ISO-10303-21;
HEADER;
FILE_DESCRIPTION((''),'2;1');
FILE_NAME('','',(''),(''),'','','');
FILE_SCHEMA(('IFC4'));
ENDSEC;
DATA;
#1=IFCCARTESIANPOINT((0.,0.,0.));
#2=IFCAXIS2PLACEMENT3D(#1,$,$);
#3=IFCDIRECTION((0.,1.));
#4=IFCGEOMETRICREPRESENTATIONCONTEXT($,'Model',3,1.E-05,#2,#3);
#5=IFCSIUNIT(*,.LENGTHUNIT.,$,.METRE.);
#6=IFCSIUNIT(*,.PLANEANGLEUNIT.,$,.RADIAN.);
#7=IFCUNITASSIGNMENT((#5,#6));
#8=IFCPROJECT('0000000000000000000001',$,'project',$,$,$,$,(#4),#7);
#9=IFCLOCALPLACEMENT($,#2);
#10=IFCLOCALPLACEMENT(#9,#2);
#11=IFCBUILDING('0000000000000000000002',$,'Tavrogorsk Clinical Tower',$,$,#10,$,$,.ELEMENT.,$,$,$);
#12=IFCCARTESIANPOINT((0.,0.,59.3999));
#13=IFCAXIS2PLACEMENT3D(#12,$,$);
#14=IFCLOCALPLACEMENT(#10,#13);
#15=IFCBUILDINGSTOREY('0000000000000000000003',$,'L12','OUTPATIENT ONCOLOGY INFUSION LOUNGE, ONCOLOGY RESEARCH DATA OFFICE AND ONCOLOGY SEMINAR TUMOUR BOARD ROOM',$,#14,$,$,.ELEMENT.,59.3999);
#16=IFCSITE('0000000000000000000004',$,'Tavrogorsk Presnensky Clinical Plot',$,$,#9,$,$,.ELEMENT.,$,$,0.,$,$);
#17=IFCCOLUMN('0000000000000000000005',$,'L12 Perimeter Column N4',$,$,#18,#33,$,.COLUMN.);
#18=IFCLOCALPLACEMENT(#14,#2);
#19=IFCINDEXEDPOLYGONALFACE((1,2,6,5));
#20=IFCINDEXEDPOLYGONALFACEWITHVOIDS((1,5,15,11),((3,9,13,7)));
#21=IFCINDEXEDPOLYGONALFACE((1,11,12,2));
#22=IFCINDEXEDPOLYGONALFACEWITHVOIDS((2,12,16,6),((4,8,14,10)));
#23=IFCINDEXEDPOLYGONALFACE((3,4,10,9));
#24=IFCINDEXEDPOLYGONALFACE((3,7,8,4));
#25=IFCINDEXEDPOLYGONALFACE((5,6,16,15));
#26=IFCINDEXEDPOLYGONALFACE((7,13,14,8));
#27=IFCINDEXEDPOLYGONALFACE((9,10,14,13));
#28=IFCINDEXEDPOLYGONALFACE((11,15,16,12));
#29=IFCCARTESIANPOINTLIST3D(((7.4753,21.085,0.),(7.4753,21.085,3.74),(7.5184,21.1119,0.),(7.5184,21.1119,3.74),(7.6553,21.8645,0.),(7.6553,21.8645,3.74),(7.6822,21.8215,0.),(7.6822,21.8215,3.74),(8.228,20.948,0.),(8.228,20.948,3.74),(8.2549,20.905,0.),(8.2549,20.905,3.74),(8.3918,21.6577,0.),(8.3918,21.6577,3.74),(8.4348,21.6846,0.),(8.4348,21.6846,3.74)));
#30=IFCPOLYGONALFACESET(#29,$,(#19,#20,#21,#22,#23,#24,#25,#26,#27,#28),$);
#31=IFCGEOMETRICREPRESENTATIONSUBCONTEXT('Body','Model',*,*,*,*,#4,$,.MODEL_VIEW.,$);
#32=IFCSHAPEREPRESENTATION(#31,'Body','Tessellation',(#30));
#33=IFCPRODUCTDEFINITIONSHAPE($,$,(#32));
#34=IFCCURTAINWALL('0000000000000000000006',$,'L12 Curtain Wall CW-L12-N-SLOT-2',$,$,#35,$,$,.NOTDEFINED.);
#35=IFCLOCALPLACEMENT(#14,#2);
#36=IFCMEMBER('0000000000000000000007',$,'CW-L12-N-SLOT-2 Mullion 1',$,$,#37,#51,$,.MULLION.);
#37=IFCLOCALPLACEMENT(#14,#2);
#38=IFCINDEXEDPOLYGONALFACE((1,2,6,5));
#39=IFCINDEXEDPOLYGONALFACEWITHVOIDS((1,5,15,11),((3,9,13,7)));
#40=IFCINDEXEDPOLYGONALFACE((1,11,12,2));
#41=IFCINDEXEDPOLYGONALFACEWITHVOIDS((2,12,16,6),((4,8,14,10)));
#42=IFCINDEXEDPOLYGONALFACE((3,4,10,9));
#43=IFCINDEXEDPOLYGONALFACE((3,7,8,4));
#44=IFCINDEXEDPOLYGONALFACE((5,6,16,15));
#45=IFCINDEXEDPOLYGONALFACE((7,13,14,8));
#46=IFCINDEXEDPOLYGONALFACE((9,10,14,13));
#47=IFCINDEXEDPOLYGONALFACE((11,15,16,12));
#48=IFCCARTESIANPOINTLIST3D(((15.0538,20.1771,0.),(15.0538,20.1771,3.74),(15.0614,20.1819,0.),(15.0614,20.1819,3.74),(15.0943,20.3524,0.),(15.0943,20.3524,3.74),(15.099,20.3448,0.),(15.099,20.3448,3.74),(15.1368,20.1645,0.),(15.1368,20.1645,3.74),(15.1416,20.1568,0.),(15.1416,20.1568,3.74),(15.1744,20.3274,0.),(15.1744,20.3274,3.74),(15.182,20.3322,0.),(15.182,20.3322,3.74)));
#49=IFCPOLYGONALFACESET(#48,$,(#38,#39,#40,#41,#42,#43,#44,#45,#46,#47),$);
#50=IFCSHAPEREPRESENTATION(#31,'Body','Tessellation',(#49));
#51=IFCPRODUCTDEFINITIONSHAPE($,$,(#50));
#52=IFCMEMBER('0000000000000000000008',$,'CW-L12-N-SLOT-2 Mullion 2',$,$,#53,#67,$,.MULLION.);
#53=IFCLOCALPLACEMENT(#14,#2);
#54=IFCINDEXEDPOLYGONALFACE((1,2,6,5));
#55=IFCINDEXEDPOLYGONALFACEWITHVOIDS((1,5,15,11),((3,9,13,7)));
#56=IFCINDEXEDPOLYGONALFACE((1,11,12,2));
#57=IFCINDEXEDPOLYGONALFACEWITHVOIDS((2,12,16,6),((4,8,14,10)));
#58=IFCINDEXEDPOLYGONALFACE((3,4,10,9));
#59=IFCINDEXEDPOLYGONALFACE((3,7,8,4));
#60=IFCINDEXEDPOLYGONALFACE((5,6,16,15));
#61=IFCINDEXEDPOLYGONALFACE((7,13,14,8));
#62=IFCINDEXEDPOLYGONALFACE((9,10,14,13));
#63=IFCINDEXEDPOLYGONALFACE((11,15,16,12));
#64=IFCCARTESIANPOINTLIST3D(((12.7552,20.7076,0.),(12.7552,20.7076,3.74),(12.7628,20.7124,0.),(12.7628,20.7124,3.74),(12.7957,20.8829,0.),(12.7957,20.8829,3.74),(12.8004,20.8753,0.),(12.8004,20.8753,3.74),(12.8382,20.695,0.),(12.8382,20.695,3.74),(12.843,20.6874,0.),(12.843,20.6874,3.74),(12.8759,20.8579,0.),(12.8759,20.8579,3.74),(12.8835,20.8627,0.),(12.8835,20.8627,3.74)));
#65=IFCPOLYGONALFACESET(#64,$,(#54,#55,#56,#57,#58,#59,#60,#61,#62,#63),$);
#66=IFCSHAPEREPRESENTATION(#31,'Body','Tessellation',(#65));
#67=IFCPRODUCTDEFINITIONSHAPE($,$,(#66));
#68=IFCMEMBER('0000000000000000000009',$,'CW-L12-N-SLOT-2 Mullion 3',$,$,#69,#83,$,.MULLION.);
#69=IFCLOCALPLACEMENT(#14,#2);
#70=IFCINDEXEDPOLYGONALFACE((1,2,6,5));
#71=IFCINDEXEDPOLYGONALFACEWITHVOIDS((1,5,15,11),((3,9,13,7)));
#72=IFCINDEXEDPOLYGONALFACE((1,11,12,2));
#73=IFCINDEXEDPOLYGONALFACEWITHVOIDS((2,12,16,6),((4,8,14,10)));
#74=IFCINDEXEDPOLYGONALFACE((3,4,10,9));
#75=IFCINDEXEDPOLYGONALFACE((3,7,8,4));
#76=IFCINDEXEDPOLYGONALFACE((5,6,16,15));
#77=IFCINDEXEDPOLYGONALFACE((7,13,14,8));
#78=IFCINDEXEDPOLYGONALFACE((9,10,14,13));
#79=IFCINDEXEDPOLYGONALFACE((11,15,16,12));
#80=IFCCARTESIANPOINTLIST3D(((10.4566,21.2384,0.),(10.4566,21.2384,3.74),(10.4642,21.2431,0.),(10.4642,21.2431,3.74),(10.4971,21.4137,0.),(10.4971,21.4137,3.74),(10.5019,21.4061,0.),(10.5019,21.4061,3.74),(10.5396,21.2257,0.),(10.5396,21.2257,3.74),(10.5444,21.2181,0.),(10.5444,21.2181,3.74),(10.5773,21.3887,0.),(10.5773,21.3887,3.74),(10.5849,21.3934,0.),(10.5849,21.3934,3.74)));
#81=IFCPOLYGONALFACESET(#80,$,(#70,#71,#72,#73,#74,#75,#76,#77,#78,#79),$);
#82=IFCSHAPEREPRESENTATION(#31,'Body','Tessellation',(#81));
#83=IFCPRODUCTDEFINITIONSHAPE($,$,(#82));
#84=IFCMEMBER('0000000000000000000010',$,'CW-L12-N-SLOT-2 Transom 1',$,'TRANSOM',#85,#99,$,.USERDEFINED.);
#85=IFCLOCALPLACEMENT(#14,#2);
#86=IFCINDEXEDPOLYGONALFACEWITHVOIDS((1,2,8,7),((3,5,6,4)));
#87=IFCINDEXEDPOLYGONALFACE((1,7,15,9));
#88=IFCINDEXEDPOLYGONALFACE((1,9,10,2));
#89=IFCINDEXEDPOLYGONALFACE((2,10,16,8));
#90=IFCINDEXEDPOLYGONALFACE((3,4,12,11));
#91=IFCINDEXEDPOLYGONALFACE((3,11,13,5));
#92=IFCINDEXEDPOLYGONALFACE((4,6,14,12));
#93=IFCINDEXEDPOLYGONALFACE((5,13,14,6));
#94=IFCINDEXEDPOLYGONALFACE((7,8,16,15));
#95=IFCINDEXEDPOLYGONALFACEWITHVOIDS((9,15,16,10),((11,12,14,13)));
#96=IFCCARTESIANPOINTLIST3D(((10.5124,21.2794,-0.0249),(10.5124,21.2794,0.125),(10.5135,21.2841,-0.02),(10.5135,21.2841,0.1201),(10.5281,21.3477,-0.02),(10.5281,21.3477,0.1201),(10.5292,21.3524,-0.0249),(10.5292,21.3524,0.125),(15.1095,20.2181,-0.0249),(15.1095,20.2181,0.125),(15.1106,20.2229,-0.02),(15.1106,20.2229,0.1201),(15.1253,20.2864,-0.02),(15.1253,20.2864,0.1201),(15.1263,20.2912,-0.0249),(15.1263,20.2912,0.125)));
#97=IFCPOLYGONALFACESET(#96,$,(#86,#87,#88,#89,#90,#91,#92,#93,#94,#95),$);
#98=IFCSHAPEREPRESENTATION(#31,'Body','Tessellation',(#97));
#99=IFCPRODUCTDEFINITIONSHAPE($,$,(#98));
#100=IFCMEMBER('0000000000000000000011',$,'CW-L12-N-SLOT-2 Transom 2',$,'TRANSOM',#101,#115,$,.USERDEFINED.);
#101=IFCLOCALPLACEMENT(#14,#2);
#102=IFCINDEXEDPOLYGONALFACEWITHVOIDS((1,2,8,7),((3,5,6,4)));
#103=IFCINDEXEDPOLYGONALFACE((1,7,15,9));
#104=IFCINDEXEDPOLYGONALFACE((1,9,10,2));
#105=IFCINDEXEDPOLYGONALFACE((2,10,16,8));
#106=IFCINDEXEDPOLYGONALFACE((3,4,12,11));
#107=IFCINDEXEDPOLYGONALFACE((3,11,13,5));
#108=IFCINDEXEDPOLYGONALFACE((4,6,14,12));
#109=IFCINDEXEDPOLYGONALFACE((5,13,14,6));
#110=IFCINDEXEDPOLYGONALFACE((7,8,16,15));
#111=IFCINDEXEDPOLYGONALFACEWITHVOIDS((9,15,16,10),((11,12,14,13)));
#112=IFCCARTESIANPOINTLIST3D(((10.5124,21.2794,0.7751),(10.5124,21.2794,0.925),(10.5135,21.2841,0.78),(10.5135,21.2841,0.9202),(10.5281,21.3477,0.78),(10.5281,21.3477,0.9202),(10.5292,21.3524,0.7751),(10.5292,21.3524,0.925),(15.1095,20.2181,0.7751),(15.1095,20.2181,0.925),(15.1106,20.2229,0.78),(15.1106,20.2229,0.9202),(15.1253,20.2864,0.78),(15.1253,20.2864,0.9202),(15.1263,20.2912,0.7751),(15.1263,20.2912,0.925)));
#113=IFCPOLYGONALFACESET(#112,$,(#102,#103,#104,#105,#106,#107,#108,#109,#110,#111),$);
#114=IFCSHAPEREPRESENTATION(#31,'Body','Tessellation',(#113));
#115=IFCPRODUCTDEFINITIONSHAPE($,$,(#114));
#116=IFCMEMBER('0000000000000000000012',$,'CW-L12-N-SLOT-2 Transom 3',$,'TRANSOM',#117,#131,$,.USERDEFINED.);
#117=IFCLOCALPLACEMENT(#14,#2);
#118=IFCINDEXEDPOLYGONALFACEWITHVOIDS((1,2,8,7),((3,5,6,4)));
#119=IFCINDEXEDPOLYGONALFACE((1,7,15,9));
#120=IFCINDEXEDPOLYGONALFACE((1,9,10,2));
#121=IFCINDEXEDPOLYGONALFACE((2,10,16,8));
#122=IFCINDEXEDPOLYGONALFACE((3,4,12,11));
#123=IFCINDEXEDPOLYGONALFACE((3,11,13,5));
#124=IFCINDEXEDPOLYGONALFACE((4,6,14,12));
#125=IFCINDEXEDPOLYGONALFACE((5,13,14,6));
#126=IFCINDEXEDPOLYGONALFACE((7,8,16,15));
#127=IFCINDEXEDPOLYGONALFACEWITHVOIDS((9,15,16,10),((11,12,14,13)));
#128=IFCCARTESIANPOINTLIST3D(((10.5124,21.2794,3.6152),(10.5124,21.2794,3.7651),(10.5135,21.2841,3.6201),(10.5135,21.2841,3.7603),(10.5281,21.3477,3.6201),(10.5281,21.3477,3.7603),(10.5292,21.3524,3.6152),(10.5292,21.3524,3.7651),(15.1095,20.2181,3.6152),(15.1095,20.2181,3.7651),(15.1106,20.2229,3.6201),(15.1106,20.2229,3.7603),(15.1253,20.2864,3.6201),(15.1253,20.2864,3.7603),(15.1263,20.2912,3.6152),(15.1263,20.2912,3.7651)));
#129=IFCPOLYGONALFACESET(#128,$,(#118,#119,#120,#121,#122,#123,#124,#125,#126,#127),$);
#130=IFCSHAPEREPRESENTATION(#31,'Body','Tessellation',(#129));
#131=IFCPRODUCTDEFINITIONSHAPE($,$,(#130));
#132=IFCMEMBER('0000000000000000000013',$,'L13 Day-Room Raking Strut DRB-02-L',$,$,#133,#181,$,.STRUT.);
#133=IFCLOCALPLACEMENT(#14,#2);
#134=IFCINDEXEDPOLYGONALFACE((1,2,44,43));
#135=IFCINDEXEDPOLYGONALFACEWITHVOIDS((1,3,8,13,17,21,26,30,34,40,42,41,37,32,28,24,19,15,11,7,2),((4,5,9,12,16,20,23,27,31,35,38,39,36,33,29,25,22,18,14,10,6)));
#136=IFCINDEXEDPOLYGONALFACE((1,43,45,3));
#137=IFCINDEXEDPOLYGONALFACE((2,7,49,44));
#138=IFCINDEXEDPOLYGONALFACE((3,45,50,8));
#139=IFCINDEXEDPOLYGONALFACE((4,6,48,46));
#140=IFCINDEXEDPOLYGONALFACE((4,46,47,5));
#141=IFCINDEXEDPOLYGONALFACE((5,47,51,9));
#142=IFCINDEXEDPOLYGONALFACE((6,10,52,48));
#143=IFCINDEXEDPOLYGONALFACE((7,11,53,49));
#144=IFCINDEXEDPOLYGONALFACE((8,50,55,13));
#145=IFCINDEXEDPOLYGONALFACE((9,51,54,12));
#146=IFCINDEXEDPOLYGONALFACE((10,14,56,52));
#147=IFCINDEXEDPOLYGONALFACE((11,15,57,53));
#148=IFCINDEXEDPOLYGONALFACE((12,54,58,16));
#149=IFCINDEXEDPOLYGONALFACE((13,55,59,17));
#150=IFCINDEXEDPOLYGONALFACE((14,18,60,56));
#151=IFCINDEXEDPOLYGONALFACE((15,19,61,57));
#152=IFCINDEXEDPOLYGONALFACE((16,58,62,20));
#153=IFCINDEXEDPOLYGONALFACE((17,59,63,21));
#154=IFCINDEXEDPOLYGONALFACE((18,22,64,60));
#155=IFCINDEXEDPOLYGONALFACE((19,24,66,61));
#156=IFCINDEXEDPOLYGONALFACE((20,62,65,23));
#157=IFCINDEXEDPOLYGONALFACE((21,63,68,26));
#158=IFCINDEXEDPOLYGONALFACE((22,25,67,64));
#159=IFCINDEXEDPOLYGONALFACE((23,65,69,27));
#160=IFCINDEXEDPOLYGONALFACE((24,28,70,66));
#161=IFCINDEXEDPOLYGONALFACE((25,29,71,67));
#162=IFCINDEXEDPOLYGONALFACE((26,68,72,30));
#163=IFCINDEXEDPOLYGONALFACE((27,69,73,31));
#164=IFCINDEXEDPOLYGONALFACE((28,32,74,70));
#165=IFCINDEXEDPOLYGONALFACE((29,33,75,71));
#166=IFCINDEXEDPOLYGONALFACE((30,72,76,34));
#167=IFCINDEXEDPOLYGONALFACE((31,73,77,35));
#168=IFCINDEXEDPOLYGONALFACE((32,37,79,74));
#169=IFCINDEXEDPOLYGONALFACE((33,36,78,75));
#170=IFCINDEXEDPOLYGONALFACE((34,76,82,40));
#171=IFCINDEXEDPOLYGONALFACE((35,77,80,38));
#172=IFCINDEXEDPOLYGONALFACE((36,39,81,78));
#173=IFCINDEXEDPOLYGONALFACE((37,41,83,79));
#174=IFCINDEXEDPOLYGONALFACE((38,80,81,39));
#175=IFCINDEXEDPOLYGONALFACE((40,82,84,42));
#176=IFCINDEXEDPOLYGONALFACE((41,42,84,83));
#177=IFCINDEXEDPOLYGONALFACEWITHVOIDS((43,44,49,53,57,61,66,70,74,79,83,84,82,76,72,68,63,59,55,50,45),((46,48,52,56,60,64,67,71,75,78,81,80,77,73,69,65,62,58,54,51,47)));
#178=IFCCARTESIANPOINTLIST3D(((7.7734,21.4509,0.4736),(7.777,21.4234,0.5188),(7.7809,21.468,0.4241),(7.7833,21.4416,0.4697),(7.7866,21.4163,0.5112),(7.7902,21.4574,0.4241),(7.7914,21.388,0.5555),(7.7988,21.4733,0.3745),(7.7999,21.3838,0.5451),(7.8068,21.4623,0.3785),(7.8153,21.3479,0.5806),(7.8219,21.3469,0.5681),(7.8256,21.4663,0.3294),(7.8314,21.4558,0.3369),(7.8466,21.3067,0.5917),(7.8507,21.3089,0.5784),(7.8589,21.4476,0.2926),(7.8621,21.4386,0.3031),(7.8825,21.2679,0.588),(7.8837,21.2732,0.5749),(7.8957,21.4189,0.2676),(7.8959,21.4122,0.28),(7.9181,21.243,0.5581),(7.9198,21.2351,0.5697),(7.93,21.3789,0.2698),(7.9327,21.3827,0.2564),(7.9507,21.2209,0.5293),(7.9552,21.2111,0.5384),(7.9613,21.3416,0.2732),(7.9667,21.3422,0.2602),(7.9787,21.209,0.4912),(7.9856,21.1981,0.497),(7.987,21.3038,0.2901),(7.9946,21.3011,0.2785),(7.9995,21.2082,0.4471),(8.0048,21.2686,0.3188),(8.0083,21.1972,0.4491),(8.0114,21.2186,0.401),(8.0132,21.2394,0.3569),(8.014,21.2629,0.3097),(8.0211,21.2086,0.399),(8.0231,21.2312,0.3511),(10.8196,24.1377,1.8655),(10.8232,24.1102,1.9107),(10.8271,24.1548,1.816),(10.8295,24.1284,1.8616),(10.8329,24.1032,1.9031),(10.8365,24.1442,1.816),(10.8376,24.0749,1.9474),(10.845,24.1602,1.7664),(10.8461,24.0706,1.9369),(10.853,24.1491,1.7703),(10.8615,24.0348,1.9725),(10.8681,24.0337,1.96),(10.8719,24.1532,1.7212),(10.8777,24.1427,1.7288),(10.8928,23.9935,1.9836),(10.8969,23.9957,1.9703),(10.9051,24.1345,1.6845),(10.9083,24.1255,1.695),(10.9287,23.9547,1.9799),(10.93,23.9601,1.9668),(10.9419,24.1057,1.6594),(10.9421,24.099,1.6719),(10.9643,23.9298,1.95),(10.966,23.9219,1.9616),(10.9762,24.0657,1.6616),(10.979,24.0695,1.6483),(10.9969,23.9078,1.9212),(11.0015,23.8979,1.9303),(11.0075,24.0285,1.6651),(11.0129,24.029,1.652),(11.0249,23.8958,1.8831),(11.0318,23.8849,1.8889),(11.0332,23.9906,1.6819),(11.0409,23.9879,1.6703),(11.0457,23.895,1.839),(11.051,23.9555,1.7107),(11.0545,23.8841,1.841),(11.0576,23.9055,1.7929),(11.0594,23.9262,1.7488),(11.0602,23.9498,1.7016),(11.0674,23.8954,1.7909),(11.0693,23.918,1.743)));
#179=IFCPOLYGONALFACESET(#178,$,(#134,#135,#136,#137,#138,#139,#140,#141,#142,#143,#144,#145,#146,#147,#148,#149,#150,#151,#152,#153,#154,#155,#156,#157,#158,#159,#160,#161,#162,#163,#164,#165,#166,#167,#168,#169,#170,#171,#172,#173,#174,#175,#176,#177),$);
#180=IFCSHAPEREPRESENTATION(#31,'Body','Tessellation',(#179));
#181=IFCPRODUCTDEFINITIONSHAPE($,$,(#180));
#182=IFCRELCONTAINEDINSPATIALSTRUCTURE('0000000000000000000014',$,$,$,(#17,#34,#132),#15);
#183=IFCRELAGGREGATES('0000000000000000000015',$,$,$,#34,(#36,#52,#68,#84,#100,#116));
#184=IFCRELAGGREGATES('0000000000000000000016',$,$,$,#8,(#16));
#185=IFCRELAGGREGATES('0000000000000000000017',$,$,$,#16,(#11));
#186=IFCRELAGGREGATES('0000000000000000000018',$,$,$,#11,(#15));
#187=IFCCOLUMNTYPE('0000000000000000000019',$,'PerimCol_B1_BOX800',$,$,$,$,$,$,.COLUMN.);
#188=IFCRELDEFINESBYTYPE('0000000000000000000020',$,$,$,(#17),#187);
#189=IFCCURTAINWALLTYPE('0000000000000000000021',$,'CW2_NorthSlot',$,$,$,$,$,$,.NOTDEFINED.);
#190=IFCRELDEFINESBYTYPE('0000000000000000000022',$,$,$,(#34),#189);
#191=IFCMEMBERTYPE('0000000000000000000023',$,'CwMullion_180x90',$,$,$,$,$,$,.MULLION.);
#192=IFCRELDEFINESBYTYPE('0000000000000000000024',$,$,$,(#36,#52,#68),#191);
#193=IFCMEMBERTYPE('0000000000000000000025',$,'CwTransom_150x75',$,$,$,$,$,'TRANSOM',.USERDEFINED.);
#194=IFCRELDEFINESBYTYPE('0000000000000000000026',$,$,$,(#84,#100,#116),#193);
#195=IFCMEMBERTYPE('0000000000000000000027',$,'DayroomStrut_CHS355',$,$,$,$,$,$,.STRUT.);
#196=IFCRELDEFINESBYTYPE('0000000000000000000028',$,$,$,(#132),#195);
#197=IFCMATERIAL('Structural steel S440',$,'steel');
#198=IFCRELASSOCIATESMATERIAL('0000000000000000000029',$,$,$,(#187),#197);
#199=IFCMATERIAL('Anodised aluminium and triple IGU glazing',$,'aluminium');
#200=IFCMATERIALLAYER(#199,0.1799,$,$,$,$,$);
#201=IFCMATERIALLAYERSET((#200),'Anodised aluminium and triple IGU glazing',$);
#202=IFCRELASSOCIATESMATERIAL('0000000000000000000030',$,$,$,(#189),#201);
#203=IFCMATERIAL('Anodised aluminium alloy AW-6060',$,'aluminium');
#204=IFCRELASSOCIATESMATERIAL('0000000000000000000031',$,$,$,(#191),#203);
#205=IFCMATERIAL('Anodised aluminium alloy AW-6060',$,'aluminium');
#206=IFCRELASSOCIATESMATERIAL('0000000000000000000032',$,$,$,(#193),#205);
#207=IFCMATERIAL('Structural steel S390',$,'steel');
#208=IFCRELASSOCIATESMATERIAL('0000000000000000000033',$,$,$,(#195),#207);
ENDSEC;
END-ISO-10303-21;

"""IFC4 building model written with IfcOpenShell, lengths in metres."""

from ifc_helpers import new_model, si_unit, direction, frame, origin, origin_2d, place, context, subcontext, project, spatial, hollow_rectangle, hollow_circle, extrude, material, layer, layer_set, material_profile, profile_set, type_object, element, aggregate, save


model = new_model("IFC4")

# Units and contexts
model_context = context("Model", 3, precision=1e-05, world=origin(), true_north=direction((0.0, 1.0)))
body_context = subcontext(model_context, "Body", "Model", "MODEL_VIEW")
ifc_project = project(units=[si_unit("LENGTHUNIT", "METRE"), si_unit("PLANEANGLEUNIT", "RADIAN")], contexts=[model_context])

# Site, building, storey
site_placement = place(None, origin())
site = spatial("IfcSite", under=ifc_project, at=site_placement, Name="Tavrogorsk Presnensky Clinical Plot", CompositionType="ELEMENT", RefElevation=0.0)
building_placement = place(site_placement, origin())
building = spatial("IfcBuilding", under=site, at=building_placement, Name="Tavrogorsk Clinical Tower", CompositionType="ELEMENT")
storey_placement = place(building_placement, frame((0.0, 0.0, 59.3999)))
storey = spatial("IfcBuildingStorey", under=building, at=storey_placement, Name="L12", Description="OUTPATIENT ONCOLOGY INFUSION LOUNGE, ONCOLOGY RESEARCH DATA OFFICE AND ONCOLOGY SEMINAR TUMOUR BOARD ROOM", CompositionType="ELEMENT", Elevation=59.3999)

# Column
ifc_material_1 = material(Name="Structural steel S440", Category="steel")
ifc_material_profile_1 = material_profile(ifc_material_1, hollow_rectangle(XDim=0.8, YDim=0.8, WallThickness=0.0359, at=origin_2d()), Name="BOX-800x800x36")
ifc_profile_set_1 = profile_set([ifc_material_profile_1], Name="Structural steel S440")
column_type = type_object("IfcColumnType", Name="PerimCol_B1_BOX800", PredefinedType="COLUMN", material=ifc_profile_set_1)
column_placement = place(storey_placement, frame((7.9551, 21.3848, 0.0), z_axis=(0.0, 0.0, 1.0), x_axis=(0.97437, -0.224951, 0.0)))
element("IfcColumn", 1, at=column_placement, inside=storey, type_object=column_type, Name="L12 Perimeter Column N4", PredefinedType="COLUMN", context=body_context, shape_type="SweptSolid", body=[
    extrude(hollow_rectangle(XDim=0.8, YDim=0.8, WallThickness=0.0359, at=origin_2d()), origin(), (0.0, 0.0, 1.0), 3.74),
])

# Curtain wall, members
ifc_material_2 = material(Name="Anodised aluminium and triple IGU glazing", Category="aluminium")
ifc_layer_1 = layer(ifc_material_2, 0.1799)
ifc_layer_set_1 = layer_set([ifc_layer_1], Name="Anodised aluminium and triple IGU glazing")
curtain_wall_type = type_object("IfcCurtainWallType", Name="CW2_NorthSlot", PredefinedType="NOTDEFINED", material=ifc_layer_set_1)
curtain_wall_placement = place(storey_placement, origin())
curtain_wall = element("IfcCurtainWall", 2, at=curtain_wall_placement, inside=storey, type_object=curtain_wall_type, Name="L12 Curtain Wall CW-L12-N-SLOT-2", PredefinedType="NOTDEFINED")
ifc_material_3 = material(Name="Anodised aluminium alloy AW-6060", Category="aluminium")
ifc_material_profile_2 = material_profile(ifc_material_3, hollow_rectangle(XDim=0.0901, YDim=0.1799, WallThickness=0.0063, at=origin_2d()), Name="RHS-180x90x6.3")
ifc_profile_set_2 = profile_set([ifc_material_profile_2], Name="Anodised aluminium alloy AW-6060")
member_type_1 = type_object("IfcMemberType", Name="CwMullion_180x90", PredefinedType="MULLION", material=ifc_profile_set_2)
member_1_placement = place(storey_placement, frame((15.1179, 20.2546, 0.0), z_axis=(0.0, 0.0, 1.0), x_axis=(-0.97437, 0.224951, 0.0)))
member_1 = element("IfcMember", 3, at=member_1_placement, type_object=member_type_1, Name="CW-L12-N-SLOT-2 Mullion 1", PredefinedType="MULLION", context=body_context, shape_type="SweptSolid", body=[
    extrude(hollow_rectangle(XDim=0.0901, YDim=0.1799, WallThickness=0.0063, at=origin_2d()), origin(), (0.0, 0.0, 1.0), 3.74),
])
member_2_placement = place(storey_placement, frame((12.8193, 20.7852, 0.0), z_axis=(0.0, 0.0, 1.0), x_axis=(-0.97437, 0.224951, 0.0)))
member_2 = element("IfcMember", 4, at=member_2_placement, type_object=member_type_1, Name="CW-L12-N-SLOT-2 Mullion 2", PredefinedType="MULLION", context=body_context, shape_type="SweptSolid", body=[
    extrude(hollow_rectangle(XDim=0.0901, YDim=0.1799, WallThickness=0.0063, at=origin_2d()), origin(), (0.0, 0.0, 1.0), 3.74),
])
member_3_placement = place(storey_placement, frame((10.5208, 21.3159, 0.0), z_axis=(0.0, 0.0, 1.0), x_axis=(-0.97437, 0.224951, 0.0)))
member_3 = element("IfcMember", 5, at=member_3_placement, type_object=member_type_1, Name="CW-L12-N-SLOT-2 Mullion 3", PredefinedType="MULLION", context=body_context, shape_type="SweptSolid", body=[
    extrude(hollow_rectangle(XDim=0.0901, YDim=0.1799, WallThickness=0.0063, at=origin_2d()), origin(), (0.0, 0.0, 1.0), 3.74),
])
ifc_material_4 = material(Name="Anodised aluminium alloy AW-6060", Category="aluminium")
ifc_material_profile_3 = material_profile(ifc_material_4, hollow_rectangle(XDim=0.075, YDim=0.1499, WallThickness=0.0049, at=origin_2d()), Name="RHS-150x75x5")
ifc_profile_set_3 = profile_set([ifc_material_profile_3], Name="Anodised aluminium alloy AW-6060")
member_type_2 = type_object("IfcMemberType", Name="CwTransom_150x75", ElementType="TRANSOM", PredefinedType="USERDEFINED", material=ifc_profile_set_3)
member_4_placement = place(storey_placement, frame((15.1179, 20.2546, 0.05), z_axis=(-0.974373, 0.224939, 0.0), x_axis=(-0.224939, -0.974373, 0.0)))
member_4 = element("IfcMember", 6, at=member_4_placement, type_object=member_type_2, Name="CW-L12-N-SLOT-2 Transom 1", ObjectType="TRANSOM", PredefinedType="USERDEFINED", context=body_context, shape_type="SweptSolid", body=[
    extrude(hollow_rectangle(XDim=0.075, YDim=0.1499, WallThickness=0.0049, at=origin_2d()), origin(), (0.0, 0.0, 1.0), 4.718),
])
member_5_placement = place(storey_placement, frame((15.1179, 20.2546, 0.8501), z_axis=(-0.974373, 0.224939, 0.0), x_axis=(-0.224939, -0.974373, 0.0)))
member_5 = element("IfcMember", 7, at=member_5_placement, type_object=member_type_2, Name="CW-L12-N-SLOT-2 Transom 2", ObjectType="TRANSOM", PredefinedType="USERDEFINED", context=body_context, shape_type="SweptSolid", body=[
    extrude(hollow_rectangle(XDim=0.075, YDim=0.1499, WallThickness=0.0049, at=origin_2d()), origin(), (0.0, 0.0, 1.0), 4.718),
])
member_6_placement = place(storey_placement, frame((15.1179, 20.2546, 3.6902), z_axis=(-0.974373, 0.224939, 0.0), x_axis=(-0.224939, -0.974373, 0.0)))
member_6 = element("IfcMember", 8, at=member_6_placement, type_object=member_type_2, Name="CW-L12-N-SLOT-2 Transom 3", ObjectType="TRANSOM", PredefinedType="USERDEFINED", context=body_context, shape_type="SweptSolid", body=[
    extrude(hollow_rectangle(XDim=0.075, YDim=0.1499, WallThickness=0.0049, at=origin_2d()), origin(), (0.0, 0.0, 1.0), 4.718),
])

# Member
ifc_material_5 = material(Name="Structural steel S390", Category="steel")
ifc_material_profile_4 = material_profile(ifc_material_5, hollow_circle(Radius=0.1777, WallThickness=0.0142, at=origin_2d()), Name="CHS-355.6x14.2")
ifc_profile_set_4 = profile_set([ifc_material_profile_4], Name="Structural steel S390")
member_type_3 = type_object("IfcMemberType", Name="DayroomStrut_CHS355", PredefinedType="STRUT", material=ifc_profile_set_4)
member_7_placement = place(storey_placement, frame((7.8984, 21.3347, 0.4241), z_axis=(0.709462, 0.625762, 0.324168), x_axis=(-0.661482, 0.749961, 0.0)))
element("IfcMember", 9, at=member_7_placement, inside=storey, type_object=member_type_3, Name="L13 Day-Room Raking Strut DRB-02-L", PredefinedType="STRUT", context=body_context, shape_type="SweptSolid", body=[
    extrude(hollow_circle(Radius=0.1777, WallThickness=0.0142, at=origin_2d()), origin(), (0.0, 0.0, 1.0), 4.2937),
])

aggregate(curtain_wall, [member_1, member_2, member_3, member_4, member_5, member_6])

save(model, "model.ifc")
